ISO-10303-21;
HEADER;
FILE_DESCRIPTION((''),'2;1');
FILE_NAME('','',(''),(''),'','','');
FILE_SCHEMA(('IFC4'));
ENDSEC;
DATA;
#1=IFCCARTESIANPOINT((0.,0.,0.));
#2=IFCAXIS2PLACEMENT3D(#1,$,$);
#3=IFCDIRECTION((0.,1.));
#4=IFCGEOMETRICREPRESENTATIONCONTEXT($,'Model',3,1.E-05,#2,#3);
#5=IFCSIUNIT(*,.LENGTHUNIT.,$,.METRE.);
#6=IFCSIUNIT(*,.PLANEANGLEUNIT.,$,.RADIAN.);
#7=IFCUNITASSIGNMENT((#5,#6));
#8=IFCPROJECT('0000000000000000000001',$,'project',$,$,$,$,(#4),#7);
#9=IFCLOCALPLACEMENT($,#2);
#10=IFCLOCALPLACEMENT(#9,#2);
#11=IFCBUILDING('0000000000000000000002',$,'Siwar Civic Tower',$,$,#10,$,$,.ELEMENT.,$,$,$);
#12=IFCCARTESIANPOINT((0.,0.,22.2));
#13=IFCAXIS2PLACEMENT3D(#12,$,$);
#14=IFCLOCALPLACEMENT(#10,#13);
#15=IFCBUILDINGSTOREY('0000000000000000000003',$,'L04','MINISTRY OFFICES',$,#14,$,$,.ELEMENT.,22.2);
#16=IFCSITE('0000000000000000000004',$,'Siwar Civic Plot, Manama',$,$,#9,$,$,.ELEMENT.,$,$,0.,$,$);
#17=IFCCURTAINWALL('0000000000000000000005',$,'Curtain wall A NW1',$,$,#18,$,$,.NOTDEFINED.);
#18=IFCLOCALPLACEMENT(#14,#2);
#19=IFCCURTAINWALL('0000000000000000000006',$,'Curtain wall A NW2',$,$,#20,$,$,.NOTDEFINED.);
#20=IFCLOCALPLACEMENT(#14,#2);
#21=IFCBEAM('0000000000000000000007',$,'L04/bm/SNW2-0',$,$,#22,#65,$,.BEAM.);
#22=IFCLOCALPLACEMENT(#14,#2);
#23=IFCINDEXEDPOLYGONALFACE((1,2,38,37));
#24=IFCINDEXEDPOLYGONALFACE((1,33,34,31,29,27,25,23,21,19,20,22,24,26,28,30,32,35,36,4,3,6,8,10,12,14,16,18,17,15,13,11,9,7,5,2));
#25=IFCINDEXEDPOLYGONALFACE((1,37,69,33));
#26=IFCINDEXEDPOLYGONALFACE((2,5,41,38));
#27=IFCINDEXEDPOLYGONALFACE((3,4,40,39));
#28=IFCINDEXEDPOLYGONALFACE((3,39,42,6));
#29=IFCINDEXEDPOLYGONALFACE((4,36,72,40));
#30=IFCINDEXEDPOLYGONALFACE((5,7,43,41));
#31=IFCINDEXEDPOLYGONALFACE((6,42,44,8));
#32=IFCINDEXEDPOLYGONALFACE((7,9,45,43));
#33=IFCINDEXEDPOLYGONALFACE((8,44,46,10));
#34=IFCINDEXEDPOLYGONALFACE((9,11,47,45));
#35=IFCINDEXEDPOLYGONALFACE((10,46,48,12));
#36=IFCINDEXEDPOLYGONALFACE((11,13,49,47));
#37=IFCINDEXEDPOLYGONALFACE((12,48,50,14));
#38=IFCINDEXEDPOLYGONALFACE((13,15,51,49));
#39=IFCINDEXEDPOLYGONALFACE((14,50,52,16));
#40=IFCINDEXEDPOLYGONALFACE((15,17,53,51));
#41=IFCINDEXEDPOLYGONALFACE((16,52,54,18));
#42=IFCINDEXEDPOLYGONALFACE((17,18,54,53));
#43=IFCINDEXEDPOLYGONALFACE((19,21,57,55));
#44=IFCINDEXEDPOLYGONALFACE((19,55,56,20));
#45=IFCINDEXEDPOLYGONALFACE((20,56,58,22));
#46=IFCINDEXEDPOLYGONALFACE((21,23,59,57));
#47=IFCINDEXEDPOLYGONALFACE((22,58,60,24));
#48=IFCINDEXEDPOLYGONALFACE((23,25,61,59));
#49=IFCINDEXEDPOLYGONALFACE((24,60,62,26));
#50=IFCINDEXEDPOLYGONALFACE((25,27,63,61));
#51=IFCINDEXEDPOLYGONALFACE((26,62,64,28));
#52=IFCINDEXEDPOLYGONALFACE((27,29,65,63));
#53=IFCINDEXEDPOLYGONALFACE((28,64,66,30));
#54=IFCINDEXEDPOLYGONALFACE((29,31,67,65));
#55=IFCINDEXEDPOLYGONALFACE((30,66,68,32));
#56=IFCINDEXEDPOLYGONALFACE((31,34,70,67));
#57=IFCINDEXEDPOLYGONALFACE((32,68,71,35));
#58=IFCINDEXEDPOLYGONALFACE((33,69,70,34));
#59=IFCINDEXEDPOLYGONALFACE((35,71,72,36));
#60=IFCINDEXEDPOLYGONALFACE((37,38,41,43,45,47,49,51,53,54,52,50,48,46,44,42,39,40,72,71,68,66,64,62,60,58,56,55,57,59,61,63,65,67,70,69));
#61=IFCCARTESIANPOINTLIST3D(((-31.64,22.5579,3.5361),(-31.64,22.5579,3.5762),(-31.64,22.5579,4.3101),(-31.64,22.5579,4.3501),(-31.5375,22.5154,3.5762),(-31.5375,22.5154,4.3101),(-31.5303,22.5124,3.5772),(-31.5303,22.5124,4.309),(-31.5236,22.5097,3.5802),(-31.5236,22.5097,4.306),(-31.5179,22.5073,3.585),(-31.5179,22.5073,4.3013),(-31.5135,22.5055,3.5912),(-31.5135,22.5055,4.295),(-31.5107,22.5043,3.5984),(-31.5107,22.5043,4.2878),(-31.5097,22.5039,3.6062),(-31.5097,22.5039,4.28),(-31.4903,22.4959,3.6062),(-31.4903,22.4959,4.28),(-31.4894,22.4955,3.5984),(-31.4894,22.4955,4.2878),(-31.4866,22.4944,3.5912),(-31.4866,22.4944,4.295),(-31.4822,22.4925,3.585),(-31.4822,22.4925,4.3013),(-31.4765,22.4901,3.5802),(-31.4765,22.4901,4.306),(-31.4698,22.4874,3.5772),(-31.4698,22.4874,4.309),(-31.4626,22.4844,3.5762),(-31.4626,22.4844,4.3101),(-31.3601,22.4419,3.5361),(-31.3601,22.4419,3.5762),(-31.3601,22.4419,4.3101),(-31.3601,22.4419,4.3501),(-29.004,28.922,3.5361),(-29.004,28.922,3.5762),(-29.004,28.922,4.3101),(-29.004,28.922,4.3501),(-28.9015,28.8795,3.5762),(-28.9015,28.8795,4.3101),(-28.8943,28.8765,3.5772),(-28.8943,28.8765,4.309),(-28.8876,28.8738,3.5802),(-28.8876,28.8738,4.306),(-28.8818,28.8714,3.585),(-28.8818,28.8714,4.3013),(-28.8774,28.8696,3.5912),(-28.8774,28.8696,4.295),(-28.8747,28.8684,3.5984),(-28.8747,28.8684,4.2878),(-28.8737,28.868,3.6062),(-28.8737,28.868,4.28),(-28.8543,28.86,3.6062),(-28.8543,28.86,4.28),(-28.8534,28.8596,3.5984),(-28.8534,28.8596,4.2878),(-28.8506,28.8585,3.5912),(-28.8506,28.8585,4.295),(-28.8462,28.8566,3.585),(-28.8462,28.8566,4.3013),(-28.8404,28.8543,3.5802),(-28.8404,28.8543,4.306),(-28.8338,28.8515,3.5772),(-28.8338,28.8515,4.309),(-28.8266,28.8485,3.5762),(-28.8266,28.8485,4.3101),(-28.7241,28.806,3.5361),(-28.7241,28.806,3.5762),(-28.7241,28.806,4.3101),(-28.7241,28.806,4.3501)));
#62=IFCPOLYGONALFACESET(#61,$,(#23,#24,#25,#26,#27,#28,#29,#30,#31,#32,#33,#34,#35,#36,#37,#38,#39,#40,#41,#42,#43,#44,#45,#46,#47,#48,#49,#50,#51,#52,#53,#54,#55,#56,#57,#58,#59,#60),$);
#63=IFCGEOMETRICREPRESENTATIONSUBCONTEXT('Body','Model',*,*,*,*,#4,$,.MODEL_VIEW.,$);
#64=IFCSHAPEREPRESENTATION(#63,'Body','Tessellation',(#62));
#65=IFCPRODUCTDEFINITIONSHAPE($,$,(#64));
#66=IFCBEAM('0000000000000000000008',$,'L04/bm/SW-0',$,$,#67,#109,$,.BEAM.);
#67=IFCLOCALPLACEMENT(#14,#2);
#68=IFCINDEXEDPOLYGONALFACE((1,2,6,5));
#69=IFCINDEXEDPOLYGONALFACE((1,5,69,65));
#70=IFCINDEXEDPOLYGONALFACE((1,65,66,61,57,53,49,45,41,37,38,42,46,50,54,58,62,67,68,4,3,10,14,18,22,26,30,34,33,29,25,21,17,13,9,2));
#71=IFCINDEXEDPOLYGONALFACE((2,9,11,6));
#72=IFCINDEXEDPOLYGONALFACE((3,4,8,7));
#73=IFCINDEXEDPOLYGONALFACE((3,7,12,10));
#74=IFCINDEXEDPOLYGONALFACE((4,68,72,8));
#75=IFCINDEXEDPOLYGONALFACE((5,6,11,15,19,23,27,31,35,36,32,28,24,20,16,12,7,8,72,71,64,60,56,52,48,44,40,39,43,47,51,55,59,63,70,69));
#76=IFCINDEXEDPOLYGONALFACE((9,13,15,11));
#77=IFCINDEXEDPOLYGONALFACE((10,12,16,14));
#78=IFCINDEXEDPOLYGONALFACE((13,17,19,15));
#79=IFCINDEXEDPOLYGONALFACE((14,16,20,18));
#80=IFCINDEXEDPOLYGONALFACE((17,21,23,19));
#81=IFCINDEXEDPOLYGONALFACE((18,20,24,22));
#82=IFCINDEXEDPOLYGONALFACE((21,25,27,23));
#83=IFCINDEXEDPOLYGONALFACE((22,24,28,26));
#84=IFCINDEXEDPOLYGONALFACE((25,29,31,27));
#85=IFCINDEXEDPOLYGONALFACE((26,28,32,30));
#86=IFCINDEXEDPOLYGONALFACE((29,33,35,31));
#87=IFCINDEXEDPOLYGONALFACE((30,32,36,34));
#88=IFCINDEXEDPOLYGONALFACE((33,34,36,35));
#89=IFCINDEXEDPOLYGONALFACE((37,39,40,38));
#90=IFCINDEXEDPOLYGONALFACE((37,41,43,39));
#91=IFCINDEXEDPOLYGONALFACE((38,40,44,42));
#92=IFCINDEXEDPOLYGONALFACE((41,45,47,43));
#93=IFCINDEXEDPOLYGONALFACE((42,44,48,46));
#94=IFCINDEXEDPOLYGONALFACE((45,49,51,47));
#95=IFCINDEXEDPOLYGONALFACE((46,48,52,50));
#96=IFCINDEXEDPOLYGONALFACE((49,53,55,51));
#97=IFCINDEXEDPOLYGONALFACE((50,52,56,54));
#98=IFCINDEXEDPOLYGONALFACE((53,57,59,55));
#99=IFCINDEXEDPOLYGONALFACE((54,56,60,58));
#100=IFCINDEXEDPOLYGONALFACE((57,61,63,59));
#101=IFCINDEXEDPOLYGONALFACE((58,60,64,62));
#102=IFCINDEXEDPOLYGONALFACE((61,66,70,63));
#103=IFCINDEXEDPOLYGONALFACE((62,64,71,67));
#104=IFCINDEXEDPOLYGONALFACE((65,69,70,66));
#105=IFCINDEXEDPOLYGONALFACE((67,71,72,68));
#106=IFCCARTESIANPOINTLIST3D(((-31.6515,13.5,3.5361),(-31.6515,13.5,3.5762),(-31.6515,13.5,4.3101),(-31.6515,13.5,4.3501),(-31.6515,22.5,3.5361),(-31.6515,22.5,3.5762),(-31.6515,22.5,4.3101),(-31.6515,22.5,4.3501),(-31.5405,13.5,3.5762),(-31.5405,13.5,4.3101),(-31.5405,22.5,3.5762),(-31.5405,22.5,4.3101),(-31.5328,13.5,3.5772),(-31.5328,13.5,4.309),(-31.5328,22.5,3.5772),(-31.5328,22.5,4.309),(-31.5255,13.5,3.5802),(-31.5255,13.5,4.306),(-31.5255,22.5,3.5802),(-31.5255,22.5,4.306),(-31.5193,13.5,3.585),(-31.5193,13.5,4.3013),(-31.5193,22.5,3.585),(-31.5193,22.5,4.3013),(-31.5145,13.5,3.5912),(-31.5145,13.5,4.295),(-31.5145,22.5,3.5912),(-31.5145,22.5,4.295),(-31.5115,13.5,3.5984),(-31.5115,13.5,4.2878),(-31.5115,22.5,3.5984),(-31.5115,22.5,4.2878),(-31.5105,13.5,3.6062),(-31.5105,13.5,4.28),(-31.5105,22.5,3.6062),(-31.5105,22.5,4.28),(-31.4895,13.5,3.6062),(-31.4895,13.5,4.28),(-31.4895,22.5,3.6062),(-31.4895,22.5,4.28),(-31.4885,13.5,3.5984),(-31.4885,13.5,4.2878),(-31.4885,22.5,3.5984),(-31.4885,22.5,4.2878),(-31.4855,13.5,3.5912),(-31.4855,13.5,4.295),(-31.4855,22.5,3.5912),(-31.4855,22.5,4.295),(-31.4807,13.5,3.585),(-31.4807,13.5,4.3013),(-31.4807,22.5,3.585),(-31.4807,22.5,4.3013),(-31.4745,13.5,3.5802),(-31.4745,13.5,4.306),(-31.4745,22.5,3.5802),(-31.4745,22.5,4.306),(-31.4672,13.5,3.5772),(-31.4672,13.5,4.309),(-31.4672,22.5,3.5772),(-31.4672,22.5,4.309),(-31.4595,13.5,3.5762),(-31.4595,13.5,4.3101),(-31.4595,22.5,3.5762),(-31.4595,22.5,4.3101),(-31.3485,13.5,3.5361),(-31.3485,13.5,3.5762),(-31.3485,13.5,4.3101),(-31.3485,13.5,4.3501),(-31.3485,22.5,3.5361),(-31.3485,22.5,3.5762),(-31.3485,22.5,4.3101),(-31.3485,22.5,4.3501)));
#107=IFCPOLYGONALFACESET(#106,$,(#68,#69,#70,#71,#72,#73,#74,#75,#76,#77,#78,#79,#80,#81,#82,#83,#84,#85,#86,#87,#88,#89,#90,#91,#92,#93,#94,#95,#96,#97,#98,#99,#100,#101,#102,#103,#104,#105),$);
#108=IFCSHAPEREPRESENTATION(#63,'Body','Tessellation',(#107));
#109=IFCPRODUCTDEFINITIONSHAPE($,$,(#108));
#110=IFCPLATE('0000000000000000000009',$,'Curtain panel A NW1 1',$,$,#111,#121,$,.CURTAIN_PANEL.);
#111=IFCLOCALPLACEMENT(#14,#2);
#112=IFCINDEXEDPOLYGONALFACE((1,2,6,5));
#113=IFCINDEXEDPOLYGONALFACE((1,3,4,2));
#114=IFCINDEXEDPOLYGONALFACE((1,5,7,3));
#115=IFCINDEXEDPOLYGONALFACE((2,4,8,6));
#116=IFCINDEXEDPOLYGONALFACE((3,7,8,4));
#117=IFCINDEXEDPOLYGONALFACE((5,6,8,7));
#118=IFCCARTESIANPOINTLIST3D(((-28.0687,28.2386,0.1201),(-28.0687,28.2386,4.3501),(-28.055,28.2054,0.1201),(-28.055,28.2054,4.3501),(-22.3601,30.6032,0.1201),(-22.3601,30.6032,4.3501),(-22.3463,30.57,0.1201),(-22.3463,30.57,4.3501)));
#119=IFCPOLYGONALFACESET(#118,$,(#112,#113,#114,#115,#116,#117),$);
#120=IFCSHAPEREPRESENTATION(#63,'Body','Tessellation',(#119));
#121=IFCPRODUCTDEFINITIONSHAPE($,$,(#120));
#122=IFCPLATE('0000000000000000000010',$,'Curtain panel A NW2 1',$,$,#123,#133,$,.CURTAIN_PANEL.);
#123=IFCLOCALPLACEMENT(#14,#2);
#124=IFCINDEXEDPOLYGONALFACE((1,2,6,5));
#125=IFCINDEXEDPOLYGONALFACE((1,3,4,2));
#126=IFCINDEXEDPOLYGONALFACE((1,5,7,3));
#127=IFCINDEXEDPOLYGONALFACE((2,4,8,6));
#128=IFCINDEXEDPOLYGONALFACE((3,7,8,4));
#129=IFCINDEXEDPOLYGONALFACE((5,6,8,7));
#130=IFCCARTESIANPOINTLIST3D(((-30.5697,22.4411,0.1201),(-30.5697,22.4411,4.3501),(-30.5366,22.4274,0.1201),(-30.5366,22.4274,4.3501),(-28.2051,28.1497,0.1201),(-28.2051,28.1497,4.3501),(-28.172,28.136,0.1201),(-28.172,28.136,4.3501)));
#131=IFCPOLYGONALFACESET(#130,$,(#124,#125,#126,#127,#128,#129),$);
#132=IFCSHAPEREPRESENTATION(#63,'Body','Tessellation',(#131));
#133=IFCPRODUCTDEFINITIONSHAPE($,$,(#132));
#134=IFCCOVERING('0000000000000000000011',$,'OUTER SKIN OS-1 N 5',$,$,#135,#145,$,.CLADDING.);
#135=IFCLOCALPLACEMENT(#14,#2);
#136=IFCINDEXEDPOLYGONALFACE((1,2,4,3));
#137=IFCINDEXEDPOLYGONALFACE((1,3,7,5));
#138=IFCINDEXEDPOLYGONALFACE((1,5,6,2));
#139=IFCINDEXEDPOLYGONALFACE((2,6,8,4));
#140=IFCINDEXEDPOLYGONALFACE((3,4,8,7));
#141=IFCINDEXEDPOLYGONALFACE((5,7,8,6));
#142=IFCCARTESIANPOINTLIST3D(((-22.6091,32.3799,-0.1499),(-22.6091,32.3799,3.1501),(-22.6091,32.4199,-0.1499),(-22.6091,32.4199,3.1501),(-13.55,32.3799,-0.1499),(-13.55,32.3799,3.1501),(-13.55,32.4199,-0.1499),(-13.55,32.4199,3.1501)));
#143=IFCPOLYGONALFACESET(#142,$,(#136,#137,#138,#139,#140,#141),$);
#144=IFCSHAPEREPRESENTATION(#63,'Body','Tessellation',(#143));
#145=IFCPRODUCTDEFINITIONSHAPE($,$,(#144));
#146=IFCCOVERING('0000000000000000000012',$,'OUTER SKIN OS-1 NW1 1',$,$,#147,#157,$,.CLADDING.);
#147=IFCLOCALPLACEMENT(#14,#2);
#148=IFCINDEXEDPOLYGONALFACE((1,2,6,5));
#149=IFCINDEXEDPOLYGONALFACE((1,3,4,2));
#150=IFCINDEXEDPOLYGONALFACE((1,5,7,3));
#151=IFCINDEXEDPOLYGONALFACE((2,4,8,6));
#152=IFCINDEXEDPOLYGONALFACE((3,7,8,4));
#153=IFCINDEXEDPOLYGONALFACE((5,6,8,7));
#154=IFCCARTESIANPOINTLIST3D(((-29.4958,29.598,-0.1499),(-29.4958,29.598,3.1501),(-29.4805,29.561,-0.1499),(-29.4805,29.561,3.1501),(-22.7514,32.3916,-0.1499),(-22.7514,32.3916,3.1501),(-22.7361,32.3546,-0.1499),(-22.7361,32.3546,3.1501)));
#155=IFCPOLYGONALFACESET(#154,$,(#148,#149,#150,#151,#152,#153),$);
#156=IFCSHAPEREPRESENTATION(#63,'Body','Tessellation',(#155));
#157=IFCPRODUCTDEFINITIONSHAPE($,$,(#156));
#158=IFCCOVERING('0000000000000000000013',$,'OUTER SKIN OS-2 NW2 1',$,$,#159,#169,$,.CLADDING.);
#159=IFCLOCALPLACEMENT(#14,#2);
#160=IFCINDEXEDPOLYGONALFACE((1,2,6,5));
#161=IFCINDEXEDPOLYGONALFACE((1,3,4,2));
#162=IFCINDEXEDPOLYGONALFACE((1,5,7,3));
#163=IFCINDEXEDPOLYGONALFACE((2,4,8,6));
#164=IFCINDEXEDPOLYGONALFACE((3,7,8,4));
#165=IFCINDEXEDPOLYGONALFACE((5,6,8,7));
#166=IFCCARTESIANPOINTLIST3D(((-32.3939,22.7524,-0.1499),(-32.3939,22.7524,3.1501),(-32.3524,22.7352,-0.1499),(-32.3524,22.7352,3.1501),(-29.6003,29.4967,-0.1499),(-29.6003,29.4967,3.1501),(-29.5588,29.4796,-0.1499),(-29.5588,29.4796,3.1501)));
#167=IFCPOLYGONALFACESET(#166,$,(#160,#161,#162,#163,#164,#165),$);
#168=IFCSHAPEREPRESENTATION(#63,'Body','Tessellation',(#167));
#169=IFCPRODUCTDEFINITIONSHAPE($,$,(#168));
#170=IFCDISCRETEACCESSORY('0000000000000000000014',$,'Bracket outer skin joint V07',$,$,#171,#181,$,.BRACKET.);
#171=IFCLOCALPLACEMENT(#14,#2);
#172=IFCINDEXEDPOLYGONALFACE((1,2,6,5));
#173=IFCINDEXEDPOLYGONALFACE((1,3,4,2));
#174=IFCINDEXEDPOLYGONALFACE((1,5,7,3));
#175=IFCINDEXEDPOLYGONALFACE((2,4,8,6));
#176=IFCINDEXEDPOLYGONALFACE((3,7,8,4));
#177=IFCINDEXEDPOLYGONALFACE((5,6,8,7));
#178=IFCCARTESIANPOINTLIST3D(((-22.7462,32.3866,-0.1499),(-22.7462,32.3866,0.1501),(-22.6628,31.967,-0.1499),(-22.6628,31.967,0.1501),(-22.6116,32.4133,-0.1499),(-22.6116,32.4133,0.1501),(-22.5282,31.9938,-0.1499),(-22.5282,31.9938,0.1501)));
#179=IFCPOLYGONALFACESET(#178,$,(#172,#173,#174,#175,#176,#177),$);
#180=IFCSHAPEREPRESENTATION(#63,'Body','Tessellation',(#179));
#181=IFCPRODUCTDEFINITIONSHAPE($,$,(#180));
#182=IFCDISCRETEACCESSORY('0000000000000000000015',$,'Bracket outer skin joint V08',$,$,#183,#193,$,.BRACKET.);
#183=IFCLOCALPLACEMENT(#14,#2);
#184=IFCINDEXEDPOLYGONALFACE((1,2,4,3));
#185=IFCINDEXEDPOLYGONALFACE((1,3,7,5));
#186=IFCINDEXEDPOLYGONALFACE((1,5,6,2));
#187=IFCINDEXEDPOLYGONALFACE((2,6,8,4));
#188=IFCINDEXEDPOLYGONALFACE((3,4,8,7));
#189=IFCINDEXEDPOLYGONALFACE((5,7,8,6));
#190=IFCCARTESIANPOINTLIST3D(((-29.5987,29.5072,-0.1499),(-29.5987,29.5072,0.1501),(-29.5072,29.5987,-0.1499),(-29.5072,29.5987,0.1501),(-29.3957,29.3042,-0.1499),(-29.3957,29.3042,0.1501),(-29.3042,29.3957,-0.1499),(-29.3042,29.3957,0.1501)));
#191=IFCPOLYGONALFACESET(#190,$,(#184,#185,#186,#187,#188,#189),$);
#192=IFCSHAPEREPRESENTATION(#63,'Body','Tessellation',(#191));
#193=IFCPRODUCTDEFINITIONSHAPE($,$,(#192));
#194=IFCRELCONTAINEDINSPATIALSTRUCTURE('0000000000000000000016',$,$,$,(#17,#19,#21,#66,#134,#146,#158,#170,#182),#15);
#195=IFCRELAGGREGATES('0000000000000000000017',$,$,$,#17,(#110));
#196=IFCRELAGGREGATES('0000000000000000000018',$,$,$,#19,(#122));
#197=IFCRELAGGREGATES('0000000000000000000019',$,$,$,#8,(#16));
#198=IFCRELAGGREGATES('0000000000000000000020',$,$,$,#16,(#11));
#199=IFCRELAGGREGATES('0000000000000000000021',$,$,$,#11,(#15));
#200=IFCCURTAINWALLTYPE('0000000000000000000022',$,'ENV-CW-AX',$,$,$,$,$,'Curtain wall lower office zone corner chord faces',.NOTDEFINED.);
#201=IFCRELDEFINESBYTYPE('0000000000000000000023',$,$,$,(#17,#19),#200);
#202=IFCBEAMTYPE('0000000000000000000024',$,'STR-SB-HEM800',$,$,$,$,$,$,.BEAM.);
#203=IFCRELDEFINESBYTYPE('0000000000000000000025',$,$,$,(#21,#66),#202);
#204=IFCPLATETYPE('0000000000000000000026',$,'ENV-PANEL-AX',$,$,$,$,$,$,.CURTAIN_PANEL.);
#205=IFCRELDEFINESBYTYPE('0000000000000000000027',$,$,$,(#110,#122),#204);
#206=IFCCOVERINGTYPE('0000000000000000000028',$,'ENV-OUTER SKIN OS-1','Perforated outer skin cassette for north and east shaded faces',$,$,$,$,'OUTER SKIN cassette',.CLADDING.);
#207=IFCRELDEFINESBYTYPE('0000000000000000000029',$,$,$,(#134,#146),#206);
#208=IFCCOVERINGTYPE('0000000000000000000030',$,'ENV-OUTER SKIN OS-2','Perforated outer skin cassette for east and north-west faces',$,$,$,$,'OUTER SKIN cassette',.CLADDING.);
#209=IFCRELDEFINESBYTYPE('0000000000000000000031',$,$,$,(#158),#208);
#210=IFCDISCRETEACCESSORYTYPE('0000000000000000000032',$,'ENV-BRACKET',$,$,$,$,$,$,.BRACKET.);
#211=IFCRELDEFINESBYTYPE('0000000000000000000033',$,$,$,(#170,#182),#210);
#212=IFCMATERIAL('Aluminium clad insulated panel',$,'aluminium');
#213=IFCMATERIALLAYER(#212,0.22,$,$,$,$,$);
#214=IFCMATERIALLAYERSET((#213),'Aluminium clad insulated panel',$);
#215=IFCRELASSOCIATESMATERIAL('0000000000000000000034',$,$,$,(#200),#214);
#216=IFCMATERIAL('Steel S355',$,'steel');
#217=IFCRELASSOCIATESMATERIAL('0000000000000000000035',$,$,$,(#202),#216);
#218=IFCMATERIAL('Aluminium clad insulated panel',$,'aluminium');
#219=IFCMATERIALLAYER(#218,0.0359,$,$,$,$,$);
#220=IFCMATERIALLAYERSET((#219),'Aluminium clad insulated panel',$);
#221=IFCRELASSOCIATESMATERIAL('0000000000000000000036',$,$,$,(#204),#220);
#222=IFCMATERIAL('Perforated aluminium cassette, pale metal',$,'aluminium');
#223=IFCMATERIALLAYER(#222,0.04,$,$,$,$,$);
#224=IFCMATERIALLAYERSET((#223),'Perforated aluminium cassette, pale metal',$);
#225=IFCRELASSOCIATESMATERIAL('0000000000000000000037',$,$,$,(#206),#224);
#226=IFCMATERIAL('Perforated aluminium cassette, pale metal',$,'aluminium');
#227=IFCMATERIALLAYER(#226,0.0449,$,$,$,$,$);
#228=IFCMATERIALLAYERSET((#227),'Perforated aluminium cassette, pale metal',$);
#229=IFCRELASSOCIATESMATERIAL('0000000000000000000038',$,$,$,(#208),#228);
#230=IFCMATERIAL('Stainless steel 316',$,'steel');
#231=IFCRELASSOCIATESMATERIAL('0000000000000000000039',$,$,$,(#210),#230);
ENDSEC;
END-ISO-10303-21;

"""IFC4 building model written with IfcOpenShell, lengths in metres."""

from ifc_helpers import new_model, si_unit, direction, frame, origin, origin_2d, place, context, subcontext, project, spatial, rectangle, i_section, extrude, material, layer, layer_set, material_profile, profile_set, type_object, element, aggregate, save


model = new_model("IFC4")

# Units and contexts
model_context = context("Model", 3, precision=1e-05, world=origin(), true_north=direction((0.0, 1.0)))
body_context = subcontext(model_context, "Body", "Model", "MODEL_VIEW")
ifc_project = project(units=[si_unit("LENGTHUNIT", "METRE"), si_unit("PLANEANGLEUNIT", "RADIAN")], contexts=[model_context])

# Site, building, storey
site_placement = place(None, origin())
site = spatial("IfcSite", under=ifc_project, at=site_placement, Name="Siwar Civic Plot, Manama", CompositionType="ELEMENT", RefElevation=0.0)
building_placement = place(site_placement, origin())
building = spatial("IfcBuilding", under=site, at=building_placement, Name="Siwar Civic Tower", CompositionType="ELEMENT")
storey_placement = place(building_placement, frame((0.0, 0.0, 22.2)))
storey = spatial("IfcBuildingStorey", under=building, at=storey_placement, Name="L04", Description="MINISTRY OFFICES", CompositionType="ELEMENT", Elevation=22.2)

# Curtain walls
ifc_material_1 = material(Name="Aluminium clad insulated panel", Category="aluminium")
ifc_layer_1 = layer(ifc_material_1, 0.22)
ifc_layer_set_1 = layer_set([ifc_layer_1], Name="Aluminium clad insulated panel")
curtain_wall_type_1 = type_object("IfcCurtainWallType", Name="ENV-CW-AX", ElementType="Curtain wall lower office zone corner chord faces", PredefinedType="NOTDEFINED", material=ifc_layer_set_1)
curtain_wall_1_placement = place(storey_placement, origin())
curtain_wall_1 = element("IfcCurtainWall", 1, at=curtain_wall_1_placement, inside=storey, type_object=curtain_wall_type_1, Name="Curtain wall A NW1", PredefinedType="NOTDEFINED")
curtain_wall_2_placement = place(storey_placement, origin())
curtain_wall_2 = element("IfcCurtainWall", 2, at=curtain_wall_2_placement, inside=storey, type_object=curtain_wall_type_1, Name="Curtain wall A NW2", PredefinedType="NOTDEFINED")

# Beams
ifc_material_2 = material(Name="Steel S355", Category="steel")
ifc_material_profile_1 = material_profile(ifc_material_2, i_section(OverallWidth=0.303, OverallDepth=0.814, WebThickness=0.021, FlangeThickness=0.04, FilletRadius=0.03, at=origin_2d()), Name="HEM800")
ifc_profile_set_1 = profile_set([ifc_material_profile_1], Name="Steel S355")
beam_type_1 = type_object("IfcBeamType", Name="STR-SB-HEM800", PredefinedType="BEAM", material=ifc_profile_set_1)
for number, where, z_axis, x_axis, name in (
    (3, (-28.864, 28.864, 3.9431), (-0.382674, -0.923883, 0.0), (0.923883, -0.382674, 0.0), "L04/bm/SNW2-0"),
):
    element("IfcBeam", number, at=place(storey_placement, frame(where, z_axis=z_axis, x_axis=x_axis)), inside=storey, type_object=beam_type_1, Name=name, PredefinedType="BEAM", context=body_context, shape_type="SweptSolid", body=[
        extrude(i_section(OverallWidth=0.303, OverallDepth=0.814, WebThickness=0.021, FlangeThickness=0.04, FilletRadius=0.03, at=origin_2d()), origin(), (0.0, 0.0, 1.0), 6.8884),
    ])
beam_1_placement = place(storey_placement, frame((-31.5, 22.5, 3.9431), z_axis=(0.0, -1.0, 0.0), x_axis=(1.0, 0.0, 0.0)))
element("IfcBeam", 4, at=beam_1_placement, inside=storey, type_object=beam_type_1, Name="L04/bm/SW-0", PredefinedType="BEAM", context=body_context, shape_type="SweptSolid", body=[
    extrude(i_section(OverallWidth=0.303, OverallDepth=0.814, WebThickness=0.021, FlangeThickness=0.04, FilletRadius=0.03, at=origin_2d()), origin(), (0.0, 0.0, 1.0), 9.0),
])

# Plates
ifc_material_3 = material(Name="Aluminium clad insulated panel", Category="aluminium")
ifc_layer_2 = layer(ifc_material_3, 0.0359)
ifc_layer_set_2 = layer_set([ifc_layer_2], Name="Aluminium clad insulated panel")
plate_type = type_object("IfcPlateType", Name="ENV-PANEL-AX", PredefinedType="CURTAIN_PANEL", material=ifc_layer_set_2)
plate_1_placement = place(storey_placement, frame((-25.2075, 29.4043, 0.1201), z_axis=(0.0, 0.0, 1.0), x_axis=(-0.92388, -0.382683, 0.0)))
plate_1 = element("IfcPlate", 5, at=plate_1_placement, type_object=plate_type, Name="Curtain panel A NW1 1", PredefinedType="CURTAIN_PANEL", context=body_context, shape_type="SweptSolid", body=[
    extrude(rectangle(XDim=6.179, YDim=0.0359, at=origin_2d()), origin(), (0.0, 0.0, 1.0), 4.23),
])
aggregate(curtain_wall_1, [plate_1])
plate_2_placement = place(storey_placement, frame((-29.3708, 25.2886, 0.1201), z_axis=(0.0, 0.0, 1.0), x_axis=(-0.382683, -0.92388, 0.0)))
plate_2 = element("IfcPlate", 6, at=plate_2_placement, type_object=plate_type, Name="Curtain panel A NW2 1", PredefinedType="CURTAIN_PANEL", context=body_context, shape_type="SweptSolid", body=[
    extrude(rectangle(XDim=6.179, YDim=0.0359, at=origin_2d()), origin(), (0.0, 0.0, 1.0), 4.23),
])
aggregate(curtain_wall_2, [plate_2])

# Coverings
ifc_material_4 = material(Name="Perforated aluminium cassette, pale metal", Category="aluminium")
ifc_layer_3 = layer(ifc_material_4, 0.04)
ifc_layer_set_3 = layer_set([ifc_layer_3], Name="Perforated aluminium cassette, pale metal")
covering_type_1 = type_object("IfcCoveringType", Name="ENV-OUTER SKIN OS-1", Description="Perforated outer skin cassette for north and east shaded faces", ElementType="OUTER SKIN cassette", PredefinedType="CLADDING", material=ifc_layer_set_3)
covering_1_placement = place(storey_placement, frame((-18.0796, 32.3999, -0.1499), z_axis=(0.0, 0.0, 1.0), x_axis=(-1.0, 0.0, 0.0)))
element("IfcCovering", 7, at=covering_1_placement, inside=storey, type_object=covering_type_1, Name="OUTER SKIN OS-1 N 5", PredefinedType="CLADDING", context=body_context, shape_type="SweptSolid", body=[
    extrude(rectangle(XDim=9.0591, YDim=0.04, at=origin_2d()), origin(), (0.0, 0.0, 1.0), 3.3),
])
covering_2_placement = place(storey_placement, frame((-26.116, 30.9763, -0.1499), z_axis=(0.0, 0.0, 1.0), x_axis=(-0.92388, -0.382683, 0.0)))
element("IfcCovering", 8, at=covering_2_placement, inside=storey, type_object=covering_type_1, Name="OUTER SKIN OS-1 NW1 1", PredefinedType="CLADDING", context=body_context, shape_type="SweptSolid", body=[
    extrude(rectangle(XDim=7.3, YDim=0.04, at=origin_2d()), origin(), (0.0, 0.0, 1.0), 3.3),
])
ifc_material_5 = material(Name="Perforated aluminium cassette, pale metal", Category="aluminium")
ifc_layer_4 = layer(ifc_material_5, 0.0449)
ifc_layer_set_4 = layer_set([ifc_layer_4], Name="Perforated aluminium cassette, pale metal")
covering_type_2 = type_object("IfcCoveringType", Name="ENV-OUTER SKIN OS-2", Description="Perforated outer skin cassette for east and north-west faces", ElementType="OUTER SKIN cassette", PredefinedType="CLADDING", material=ifc_layer_set_4)
covering_3_placement = place(storey_placement, frame((-30.9763, 26.116, -0.1499), z_axis=(0.0, 0.0, 1.0), x_axis=(-0.382683, -0.92388, 0.0)))
element("IfcCovering", 9, at=covering_3_placement, inside=storey, type_object=covering_type_2, Name="OUTER SKIN OS-2 NW2 1", PredefinedType="CLADDING", context=body_context, shape_type="SweptSolid", body=[
    extrude(rectangle(XDim=7.3, YDim=0.0449, at=origin_2d()), origin(), (0.0, 0.0, 1.0), 3.3),
])

# Discrete accessories
ifc_material_6 = material(Name="Stainless steel 316", Category="steel")
discrete_accessory_type = type_object("IfcDiscreteAccessoryType", Name="ENV-BRACKET", PredefinedType="BRACKET", material=ifc_material_6)
discrete_accessory_1_placement = place(storey_placement, frame((-22.6372, 32.1902, -0.1499), z_axis=(0.0, 0.0, 1.0), x_axis=(-0.19509, 0.980785, 0.0)))
element("IfcDiscreteAccessory", 10, at=discrete_accessory_1_placement, inside=storey, type_object=discrete_accessory_type, Name="Bracket outer skin joint V07", PredefinedType="BRACKET", context=body_context, shape_type="SweptSolid", body=[
    extrude(rectangle(XDim=0.4277, YDim=0.1372, at=origin_2d()), origin(), (0.0, 0.0, 1.0), 0.3),
])
discrete_accessory_2_placement = place(storey_placement, frame((-29.4514, 29.4514, -0.1499), z_axis=(0.0, 0.0, 1.0), x_axis=(-0.707107, 0.707107, 0.0)))
element("IfcDiscreteAccessory", 11, at=discrete_accessory_2_placement, inside=storey, type_object=discrete_accessory_type, Name="Bracket outer skin joint V08", PredefinedType="BRACKET", context=body_context, shape_type="SweptSolid", body=[
    extrude(rectangle(XDim=0.2871, YDim=0.1294, at=origin_2d()), origin(), (0.0, 0.0, 1.0), 0.3),
])

save(model, "model.ifc")
